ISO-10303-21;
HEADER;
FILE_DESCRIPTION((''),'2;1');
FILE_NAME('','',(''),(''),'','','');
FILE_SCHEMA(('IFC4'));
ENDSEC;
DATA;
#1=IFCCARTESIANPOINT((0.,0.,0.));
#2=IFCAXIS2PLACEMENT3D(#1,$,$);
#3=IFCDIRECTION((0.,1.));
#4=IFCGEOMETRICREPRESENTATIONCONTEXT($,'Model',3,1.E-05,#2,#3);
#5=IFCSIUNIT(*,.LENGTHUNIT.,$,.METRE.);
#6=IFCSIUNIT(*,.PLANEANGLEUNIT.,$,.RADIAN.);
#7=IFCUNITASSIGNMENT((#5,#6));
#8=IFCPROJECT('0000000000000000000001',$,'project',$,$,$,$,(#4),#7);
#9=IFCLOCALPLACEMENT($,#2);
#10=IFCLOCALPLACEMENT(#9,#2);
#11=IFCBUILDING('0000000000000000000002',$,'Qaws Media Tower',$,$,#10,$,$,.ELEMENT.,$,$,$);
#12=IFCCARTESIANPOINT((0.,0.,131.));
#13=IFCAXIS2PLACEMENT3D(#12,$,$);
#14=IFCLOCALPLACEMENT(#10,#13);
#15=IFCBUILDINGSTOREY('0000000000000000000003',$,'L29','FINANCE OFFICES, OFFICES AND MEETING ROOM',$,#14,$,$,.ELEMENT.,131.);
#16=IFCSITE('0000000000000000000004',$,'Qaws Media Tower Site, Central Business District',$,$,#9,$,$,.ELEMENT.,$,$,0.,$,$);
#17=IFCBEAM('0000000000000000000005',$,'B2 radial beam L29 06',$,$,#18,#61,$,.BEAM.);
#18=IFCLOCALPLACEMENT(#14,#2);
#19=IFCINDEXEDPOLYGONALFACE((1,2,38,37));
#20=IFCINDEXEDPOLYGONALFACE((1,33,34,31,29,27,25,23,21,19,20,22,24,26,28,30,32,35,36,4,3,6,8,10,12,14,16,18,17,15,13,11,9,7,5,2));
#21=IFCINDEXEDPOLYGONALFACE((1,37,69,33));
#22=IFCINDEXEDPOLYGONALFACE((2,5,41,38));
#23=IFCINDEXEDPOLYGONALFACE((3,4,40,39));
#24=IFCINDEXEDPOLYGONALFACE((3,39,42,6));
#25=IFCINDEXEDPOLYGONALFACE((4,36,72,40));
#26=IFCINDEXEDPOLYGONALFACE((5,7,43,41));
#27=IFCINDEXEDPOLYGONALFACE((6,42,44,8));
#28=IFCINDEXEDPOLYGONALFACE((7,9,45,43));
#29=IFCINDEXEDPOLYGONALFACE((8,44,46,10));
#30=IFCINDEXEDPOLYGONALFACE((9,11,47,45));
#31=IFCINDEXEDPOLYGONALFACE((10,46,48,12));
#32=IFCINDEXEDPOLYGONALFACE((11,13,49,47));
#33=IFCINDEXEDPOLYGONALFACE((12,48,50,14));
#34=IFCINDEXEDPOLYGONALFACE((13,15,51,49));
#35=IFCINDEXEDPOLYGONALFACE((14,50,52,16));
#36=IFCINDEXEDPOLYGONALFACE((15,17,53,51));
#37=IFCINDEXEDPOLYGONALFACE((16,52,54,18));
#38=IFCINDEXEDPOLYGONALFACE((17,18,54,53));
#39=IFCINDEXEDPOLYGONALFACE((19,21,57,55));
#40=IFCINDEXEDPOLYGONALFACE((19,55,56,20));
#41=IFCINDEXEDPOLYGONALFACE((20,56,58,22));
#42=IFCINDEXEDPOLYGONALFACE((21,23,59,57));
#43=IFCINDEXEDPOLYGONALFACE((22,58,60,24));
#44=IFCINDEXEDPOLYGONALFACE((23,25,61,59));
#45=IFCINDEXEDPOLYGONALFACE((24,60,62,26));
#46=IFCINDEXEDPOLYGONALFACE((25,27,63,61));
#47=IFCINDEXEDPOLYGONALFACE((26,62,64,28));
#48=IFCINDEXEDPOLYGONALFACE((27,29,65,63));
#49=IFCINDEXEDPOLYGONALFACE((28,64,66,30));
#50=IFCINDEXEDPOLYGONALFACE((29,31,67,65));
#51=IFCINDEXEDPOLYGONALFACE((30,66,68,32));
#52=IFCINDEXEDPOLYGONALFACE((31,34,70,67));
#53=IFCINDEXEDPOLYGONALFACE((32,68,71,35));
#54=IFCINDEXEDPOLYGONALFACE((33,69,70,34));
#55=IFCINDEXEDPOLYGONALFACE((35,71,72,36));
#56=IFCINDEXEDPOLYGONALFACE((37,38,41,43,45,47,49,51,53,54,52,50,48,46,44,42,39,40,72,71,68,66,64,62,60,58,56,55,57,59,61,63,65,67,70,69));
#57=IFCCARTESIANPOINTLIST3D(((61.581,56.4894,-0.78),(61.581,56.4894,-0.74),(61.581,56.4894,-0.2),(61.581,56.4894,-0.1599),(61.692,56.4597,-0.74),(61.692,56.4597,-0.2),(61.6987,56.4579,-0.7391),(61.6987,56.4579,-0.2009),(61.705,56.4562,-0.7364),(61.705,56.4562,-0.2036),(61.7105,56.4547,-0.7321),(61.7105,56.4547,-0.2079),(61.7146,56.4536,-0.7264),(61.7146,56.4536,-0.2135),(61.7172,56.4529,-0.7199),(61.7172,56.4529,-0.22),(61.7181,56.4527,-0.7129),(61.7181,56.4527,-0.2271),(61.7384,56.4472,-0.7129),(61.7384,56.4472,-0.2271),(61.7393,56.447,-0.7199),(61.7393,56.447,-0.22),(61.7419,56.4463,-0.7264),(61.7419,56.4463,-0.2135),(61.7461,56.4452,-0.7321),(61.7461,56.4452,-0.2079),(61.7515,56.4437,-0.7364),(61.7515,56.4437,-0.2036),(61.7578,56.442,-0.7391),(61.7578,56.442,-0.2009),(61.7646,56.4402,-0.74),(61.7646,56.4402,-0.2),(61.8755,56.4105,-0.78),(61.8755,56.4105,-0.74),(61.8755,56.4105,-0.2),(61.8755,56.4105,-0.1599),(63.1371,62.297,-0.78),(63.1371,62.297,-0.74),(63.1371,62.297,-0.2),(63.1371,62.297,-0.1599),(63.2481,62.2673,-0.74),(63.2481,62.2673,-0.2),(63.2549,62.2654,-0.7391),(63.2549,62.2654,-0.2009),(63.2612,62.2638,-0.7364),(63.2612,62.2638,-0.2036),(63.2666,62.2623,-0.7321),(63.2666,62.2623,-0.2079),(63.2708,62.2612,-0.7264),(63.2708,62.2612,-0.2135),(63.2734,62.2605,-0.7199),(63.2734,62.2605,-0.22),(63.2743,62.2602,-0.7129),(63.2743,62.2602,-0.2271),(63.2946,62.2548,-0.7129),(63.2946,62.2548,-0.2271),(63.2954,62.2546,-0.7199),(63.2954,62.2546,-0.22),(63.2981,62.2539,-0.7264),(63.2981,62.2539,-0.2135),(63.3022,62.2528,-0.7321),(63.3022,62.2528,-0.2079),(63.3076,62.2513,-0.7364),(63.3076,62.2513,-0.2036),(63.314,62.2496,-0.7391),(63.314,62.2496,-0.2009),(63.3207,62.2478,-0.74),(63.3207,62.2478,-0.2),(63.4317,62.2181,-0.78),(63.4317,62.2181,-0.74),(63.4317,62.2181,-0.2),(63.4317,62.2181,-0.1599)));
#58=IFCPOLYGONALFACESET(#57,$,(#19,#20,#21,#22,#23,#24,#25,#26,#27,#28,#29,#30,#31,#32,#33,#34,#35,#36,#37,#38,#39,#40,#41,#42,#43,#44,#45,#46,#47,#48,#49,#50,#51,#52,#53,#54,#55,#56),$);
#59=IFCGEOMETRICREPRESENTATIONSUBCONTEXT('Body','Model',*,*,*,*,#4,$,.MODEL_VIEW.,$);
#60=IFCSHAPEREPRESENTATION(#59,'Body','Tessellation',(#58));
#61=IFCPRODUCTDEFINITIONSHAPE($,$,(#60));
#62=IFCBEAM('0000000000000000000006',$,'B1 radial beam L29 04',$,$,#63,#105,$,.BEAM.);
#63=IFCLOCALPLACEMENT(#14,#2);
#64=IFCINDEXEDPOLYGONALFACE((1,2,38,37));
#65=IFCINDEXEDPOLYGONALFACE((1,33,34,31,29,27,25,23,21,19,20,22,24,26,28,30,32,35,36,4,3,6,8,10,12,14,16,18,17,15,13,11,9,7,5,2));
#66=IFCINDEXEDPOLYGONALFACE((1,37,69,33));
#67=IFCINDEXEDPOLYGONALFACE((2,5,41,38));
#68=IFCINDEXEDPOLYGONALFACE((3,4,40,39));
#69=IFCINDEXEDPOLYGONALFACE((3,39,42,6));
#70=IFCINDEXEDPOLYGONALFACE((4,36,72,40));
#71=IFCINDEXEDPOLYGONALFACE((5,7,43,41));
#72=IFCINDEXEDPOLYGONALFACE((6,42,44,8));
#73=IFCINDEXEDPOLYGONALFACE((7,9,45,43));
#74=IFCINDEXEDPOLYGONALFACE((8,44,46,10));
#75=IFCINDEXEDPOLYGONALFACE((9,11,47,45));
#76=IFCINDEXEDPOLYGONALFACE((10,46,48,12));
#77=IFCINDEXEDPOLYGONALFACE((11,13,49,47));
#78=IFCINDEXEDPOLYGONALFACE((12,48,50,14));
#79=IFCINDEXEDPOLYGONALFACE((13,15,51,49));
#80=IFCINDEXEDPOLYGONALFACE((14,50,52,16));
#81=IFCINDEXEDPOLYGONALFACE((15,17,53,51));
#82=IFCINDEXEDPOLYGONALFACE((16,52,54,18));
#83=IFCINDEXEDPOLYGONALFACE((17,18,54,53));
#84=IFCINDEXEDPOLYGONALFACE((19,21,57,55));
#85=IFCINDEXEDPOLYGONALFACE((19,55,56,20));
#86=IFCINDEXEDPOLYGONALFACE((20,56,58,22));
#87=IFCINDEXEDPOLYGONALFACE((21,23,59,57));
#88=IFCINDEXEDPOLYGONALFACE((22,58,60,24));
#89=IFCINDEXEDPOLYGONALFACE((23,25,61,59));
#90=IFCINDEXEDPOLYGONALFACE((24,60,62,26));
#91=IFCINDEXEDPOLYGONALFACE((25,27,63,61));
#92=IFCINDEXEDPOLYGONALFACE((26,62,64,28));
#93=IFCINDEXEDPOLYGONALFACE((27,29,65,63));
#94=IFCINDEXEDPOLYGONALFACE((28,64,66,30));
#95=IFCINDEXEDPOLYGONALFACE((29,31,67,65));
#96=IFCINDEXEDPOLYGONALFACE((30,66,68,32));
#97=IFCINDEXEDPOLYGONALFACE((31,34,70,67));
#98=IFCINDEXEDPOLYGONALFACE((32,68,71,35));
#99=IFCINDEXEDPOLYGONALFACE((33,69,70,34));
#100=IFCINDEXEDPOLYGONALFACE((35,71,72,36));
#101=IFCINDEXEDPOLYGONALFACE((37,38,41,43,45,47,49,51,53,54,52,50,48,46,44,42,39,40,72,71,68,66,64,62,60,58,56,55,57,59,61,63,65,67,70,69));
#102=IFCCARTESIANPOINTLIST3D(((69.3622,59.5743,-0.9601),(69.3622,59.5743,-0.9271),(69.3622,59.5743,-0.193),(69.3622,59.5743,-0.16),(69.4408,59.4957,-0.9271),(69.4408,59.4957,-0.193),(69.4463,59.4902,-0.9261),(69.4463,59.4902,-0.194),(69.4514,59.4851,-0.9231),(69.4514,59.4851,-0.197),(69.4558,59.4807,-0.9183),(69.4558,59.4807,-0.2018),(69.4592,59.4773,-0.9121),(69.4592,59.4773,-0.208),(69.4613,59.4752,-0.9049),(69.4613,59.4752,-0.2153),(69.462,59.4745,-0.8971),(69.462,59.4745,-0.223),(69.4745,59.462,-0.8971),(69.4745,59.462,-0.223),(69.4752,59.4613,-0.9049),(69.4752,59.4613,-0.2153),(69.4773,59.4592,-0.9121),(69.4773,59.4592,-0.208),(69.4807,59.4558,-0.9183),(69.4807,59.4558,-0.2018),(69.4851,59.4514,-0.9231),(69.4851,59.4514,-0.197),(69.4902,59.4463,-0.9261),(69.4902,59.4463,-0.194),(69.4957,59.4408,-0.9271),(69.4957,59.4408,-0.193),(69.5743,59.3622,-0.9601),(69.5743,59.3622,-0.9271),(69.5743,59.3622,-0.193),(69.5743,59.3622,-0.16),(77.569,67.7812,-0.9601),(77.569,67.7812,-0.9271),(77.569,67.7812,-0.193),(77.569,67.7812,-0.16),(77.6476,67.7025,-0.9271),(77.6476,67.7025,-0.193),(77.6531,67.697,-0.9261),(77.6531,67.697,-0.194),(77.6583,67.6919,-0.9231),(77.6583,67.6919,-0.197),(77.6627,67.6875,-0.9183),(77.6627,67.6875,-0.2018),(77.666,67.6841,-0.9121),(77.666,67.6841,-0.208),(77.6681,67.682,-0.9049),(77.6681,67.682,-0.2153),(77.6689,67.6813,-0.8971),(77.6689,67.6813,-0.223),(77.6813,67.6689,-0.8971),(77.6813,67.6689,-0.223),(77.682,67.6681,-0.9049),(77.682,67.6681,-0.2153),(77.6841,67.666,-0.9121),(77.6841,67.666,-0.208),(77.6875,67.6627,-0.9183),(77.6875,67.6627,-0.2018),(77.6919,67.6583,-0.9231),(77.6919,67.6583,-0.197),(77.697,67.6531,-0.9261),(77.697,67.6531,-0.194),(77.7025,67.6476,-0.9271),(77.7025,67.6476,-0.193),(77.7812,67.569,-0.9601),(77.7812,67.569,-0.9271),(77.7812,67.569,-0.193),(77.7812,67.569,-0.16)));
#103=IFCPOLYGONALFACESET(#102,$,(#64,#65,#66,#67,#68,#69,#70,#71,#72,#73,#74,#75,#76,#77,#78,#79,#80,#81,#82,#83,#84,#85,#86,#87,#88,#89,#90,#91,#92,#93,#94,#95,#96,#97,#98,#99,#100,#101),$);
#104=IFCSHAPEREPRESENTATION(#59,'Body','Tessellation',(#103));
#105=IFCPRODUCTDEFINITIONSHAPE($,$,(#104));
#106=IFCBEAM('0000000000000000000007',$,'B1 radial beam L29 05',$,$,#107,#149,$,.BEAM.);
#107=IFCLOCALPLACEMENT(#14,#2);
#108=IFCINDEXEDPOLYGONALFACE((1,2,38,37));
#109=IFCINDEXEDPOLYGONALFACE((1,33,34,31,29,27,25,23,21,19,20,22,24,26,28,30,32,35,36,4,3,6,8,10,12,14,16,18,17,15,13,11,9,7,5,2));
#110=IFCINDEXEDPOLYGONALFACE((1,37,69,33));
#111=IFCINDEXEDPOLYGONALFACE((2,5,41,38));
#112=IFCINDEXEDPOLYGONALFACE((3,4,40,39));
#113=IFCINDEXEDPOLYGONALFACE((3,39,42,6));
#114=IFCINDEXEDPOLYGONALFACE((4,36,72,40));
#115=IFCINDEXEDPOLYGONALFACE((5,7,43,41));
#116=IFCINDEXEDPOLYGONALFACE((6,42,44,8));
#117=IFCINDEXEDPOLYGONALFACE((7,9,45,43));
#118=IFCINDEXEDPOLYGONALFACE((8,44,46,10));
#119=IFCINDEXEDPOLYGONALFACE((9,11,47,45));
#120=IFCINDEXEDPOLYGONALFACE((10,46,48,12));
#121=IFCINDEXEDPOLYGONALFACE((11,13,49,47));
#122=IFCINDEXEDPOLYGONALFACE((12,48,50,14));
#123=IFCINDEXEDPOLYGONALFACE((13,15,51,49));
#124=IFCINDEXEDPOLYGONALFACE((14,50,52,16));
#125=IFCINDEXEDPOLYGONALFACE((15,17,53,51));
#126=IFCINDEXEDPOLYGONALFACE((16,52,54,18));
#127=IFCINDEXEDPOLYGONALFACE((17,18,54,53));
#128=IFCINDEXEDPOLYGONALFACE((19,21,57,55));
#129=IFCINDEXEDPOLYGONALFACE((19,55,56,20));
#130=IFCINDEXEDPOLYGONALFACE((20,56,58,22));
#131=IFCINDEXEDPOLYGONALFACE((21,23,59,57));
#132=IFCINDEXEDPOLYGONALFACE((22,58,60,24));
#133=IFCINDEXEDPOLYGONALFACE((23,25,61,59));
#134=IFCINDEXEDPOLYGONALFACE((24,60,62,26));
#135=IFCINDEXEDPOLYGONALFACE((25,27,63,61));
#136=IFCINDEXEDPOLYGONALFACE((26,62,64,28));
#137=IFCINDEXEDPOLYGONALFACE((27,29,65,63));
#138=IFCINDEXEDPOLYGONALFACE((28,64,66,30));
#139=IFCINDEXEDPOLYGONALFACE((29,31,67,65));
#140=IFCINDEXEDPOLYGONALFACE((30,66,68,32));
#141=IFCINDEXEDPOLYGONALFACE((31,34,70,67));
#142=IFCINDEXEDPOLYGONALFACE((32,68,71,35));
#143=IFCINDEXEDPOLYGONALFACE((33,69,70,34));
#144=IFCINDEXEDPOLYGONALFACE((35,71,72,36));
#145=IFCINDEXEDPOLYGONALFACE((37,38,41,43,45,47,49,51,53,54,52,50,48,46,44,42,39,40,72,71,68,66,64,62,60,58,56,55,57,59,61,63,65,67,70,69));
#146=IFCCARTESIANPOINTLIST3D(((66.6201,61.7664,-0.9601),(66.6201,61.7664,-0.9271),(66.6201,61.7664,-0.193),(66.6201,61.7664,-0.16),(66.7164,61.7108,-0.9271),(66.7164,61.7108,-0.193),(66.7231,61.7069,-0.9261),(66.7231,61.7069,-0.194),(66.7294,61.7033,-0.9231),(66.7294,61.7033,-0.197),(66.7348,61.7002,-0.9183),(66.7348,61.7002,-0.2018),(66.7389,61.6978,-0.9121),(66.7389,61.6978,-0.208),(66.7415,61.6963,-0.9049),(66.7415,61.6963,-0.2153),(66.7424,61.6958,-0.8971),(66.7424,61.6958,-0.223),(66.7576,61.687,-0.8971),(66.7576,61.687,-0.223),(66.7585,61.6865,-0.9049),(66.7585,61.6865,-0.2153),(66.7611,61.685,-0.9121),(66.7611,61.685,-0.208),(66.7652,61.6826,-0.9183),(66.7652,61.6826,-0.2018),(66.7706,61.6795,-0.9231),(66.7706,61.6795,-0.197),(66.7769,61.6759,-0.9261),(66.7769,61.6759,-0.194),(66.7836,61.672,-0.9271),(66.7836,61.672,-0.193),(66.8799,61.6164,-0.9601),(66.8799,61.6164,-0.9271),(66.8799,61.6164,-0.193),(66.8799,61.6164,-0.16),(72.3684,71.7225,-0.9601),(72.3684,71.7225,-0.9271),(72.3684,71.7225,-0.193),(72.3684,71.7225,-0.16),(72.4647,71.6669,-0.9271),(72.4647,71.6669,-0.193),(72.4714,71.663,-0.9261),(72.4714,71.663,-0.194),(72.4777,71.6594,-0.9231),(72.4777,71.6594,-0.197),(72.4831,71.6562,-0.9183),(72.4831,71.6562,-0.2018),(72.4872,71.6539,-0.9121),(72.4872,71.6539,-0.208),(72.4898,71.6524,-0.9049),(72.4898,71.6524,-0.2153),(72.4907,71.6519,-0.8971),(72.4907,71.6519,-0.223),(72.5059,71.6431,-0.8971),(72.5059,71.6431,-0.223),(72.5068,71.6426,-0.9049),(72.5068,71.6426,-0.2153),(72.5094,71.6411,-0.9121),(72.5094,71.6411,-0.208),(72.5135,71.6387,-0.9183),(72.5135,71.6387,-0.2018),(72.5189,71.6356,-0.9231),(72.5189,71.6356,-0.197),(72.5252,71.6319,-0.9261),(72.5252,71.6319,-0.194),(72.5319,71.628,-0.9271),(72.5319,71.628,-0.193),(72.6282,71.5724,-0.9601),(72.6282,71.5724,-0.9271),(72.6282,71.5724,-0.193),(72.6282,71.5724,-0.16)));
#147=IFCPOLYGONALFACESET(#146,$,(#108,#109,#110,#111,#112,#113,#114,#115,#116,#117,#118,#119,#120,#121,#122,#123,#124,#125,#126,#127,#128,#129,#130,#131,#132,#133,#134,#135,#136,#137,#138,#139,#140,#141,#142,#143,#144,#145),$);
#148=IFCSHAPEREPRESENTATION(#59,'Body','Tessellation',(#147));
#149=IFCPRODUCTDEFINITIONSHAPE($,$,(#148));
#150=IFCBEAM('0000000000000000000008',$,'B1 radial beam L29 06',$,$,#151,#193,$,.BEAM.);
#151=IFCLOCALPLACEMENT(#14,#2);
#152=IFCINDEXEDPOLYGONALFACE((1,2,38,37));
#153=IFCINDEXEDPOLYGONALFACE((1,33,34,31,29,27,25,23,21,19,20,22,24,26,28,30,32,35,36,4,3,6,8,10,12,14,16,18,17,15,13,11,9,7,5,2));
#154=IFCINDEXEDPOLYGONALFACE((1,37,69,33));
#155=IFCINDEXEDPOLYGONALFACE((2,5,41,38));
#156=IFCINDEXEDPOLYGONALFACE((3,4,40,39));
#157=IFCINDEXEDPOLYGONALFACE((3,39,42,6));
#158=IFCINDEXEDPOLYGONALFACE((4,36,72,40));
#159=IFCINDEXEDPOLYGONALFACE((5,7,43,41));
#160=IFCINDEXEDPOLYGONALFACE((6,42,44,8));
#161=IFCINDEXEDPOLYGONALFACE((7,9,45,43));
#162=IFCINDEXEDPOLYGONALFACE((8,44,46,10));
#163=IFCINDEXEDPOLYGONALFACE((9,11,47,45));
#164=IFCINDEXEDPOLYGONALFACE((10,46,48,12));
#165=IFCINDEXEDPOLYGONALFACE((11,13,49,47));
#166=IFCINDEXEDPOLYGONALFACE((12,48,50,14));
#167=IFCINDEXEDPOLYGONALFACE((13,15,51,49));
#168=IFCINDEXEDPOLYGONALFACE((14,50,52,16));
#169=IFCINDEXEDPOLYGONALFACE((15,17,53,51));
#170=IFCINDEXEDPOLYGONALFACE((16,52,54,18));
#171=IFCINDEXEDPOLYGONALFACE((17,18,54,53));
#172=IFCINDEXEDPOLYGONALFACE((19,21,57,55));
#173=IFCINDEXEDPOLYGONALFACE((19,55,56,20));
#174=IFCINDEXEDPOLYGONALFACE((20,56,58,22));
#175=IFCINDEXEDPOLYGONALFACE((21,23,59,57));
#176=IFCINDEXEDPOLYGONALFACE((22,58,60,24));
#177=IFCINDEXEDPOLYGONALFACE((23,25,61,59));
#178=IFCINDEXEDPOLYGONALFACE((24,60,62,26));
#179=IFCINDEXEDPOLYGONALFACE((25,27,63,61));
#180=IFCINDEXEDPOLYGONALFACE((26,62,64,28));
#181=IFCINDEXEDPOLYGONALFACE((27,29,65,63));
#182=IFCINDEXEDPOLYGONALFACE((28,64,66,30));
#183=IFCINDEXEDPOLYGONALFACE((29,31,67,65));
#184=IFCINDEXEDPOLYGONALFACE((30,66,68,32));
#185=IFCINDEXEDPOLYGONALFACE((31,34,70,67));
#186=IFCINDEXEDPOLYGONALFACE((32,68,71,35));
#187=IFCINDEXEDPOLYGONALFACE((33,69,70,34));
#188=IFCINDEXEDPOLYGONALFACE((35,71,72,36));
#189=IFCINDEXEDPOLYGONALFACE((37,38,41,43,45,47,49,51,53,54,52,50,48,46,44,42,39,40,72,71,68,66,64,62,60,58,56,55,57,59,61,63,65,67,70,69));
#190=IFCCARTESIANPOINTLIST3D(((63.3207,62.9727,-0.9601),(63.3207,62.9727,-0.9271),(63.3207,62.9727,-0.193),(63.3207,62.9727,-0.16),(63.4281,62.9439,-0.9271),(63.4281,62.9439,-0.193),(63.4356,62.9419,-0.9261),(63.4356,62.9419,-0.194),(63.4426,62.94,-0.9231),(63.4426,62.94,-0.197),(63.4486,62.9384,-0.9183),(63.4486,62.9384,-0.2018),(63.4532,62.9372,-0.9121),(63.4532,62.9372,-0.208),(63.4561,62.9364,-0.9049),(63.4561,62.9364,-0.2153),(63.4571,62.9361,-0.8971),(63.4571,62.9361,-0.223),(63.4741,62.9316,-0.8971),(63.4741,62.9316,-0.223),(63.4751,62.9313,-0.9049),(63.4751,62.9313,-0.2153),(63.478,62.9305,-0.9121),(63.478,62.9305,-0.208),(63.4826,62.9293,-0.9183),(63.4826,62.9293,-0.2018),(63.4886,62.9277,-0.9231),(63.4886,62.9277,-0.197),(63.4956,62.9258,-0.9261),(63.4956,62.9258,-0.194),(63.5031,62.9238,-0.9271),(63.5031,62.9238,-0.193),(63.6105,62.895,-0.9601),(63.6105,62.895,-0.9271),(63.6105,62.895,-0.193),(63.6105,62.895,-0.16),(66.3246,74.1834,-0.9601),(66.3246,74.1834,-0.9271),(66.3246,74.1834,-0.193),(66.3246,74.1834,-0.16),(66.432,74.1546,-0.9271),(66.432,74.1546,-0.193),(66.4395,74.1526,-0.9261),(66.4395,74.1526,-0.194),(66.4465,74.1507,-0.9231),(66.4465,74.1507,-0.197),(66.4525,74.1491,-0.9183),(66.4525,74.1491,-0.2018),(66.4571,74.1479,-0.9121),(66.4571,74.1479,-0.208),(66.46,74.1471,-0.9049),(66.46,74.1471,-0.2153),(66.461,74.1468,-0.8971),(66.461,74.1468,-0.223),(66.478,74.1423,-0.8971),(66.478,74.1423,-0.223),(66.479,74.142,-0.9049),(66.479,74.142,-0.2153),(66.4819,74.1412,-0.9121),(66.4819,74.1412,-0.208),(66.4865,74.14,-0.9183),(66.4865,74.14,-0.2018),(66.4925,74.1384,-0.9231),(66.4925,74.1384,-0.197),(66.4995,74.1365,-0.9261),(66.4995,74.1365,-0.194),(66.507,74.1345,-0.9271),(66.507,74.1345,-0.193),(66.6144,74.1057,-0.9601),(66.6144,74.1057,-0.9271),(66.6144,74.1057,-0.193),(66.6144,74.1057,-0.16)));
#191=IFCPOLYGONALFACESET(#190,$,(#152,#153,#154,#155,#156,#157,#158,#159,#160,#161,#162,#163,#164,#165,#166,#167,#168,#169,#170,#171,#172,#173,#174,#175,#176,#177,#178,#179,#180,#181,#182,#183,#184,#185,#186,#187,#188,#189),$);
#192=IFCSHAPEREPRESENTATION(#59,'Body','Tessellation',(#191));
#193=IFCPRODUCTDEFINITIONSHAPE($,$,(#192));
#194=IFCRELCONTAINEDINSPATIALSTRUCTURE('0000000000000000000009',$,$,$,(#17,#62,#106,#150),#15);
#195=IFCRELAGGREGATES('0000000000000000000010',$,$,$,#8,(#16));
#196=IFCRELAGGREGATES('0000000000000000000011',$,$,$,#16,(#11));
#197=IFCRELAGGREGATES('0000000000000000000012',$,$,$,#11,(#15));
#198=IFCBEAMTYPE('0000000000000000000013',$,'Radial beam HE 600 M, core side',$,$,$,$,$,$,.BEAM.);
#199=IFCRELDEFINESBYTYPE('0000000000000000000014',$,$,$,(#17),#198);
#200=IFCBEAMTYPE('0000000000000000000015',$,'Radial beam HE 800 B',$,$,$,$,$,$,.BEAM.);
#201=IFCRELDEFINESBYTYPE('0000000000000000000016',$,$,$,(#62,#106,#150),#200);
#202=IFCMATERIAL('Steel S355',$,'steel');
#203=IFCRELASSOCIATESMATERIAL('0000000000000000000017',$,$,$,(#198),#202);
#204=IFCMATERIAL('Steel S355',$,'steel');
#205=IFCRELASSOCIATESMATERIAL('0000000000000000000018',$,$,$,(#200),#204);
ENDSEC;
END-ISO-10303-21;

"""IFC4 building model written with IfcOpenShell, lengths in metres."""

from ifc_helpers import new_model, si_unit, direction, frame, origin, origin_2d, place, context, subcontext, project, spatial, i_section, extrude, material, material_profile, profile_set, type_object, element, save


model = new_model("IFC4")

# Units and contexts
model_context = context("Model", 3, precision=1e-05, world=origin(), true_north=direction((0.0, 1.0)))
body_context = subcontext(model_context, "Body", "Model", "MODEL_VIEW")
ifc_project = project(units=[si_unit("LENGTHUNIT", "METRE"), si_unit("PLANEANGLEUNIT", "RADIAN")], contexts=[model_context])

# Site, building, storey
site_placement = place(None, origin())
site = spatial("IfcSite", under=ifc_project, at=site_placement, Name="Qaws Media Tower Site, Central Business District", CompositionType="ELEMENT", RefElevation=0.0)
building_placement = place(site_placement, origin())
building = spatial("IfcBuilding", under=site, at=building_placement, Name="Qaws Media Tower", CompositionType="ELEMENT")
storey_placement = place(building_placement, frame((0.0, 0.0, 131.0)))
storey = spatial("IfcBuildingStorey", under=building, at=storey_placement, Name="L29", Description="FINANCE OFFICES, OFFICES AND MEETING ROOM", CompositionType="ELEMENT", Elevation=131.0)

# Beams
ifc_material_1 = material(Name="Steel S355", Category="steel")
ifc_material_profile_1 = material_profile(ifc_material_1, i_section(OverallWidth=0.3049, OverallDepth=0.6201, WebThickness=0.021, FlangeThickness=0.04, FilletRadius=0.0271, at=origin_2d()), Name="HE 600 M")
ifc_profile_set_1 = profile_set([ifc_material_profile_1], Name="Steel S355")
beam_type_1 = type_object("IfcBeamType", Name="Radial beam HE 600 M, core side", PredefinedType="BEAM", material=ifc_profile_set_1)
beam_1_placement = place(storey_placement, frame((61.7283, 56.45, -0.47), z_axis=(0.25882, 0.965926, 0.0), x_axis=(-0.965926, 0.25882, 0.0)))
element("IfcBeam", 1, at=beam_1_placement, inside=storey, type_object=beam_type_1, Name="B2 radial beam L29 06", PredefinedType="BEAM", context=body_context, shape_type="SweptSolid", body=[
    extrude(i_section(OverallWidth=0.3049, OverallDepth=0.6201, WebThickness=0.021, FlangeThickness=0.04, FilletRadius=0.0271, at=origin_2d()), origin(), (0.0, 0.0, 1.0), 6.0125),
])
ifc_material_2 = material(Name="Steel S355", Category="steel")
ifc_material_profile_2 = material_profile(ifc_material_2, i_section(OverallWidth=0.3, OverallDepth=0.8, WebThickness=0.0176, FlangeThickness=0.033, FilletRadius=0.03, at=origin_2d()), Name="HE 800 B")
ifc_profile_set_2 = profile_set([ifc_material_profile_2], Name="Steel S355")
beam_type_2 = type_object("IfcBeamType", Name="Radial beam HE 800 B", PredefinedType="BEAM", material=ifc_profile_set_2)
beam_2_placement = place(storey_placement, frame((69.4683, 59.4683, -0.5601), z_axis=(0.707107, 0.707107, 0.0), x_axis=(-0.707107, 0.707107, 0.0)))
element("IfcBeam", 2, at=beam_2_placement, inside=storey, type_object=beam_type_2, Name="B1 radial beam L29 04", PredefinedType="BEAM", context=body_context, shape_type="SweptSolid", body=[
    extrude(i_section(OverallWidth=0.3, OverallDepth=0.8, WebThickness=0.0176, FlangeThickness=0.033, FilletRadius=0.03, at=origin_2d()), origin(), (0.0, 0.0, 1.0), 11.6062),
])
beam_3_placement = place(storey_placement, frame((66.75, 61.6914, -0.5601), z_axis=(0.50001, 0.866019, 0.0), x_axis=(-0.866019, 0.50001, 0.0)))
element("IfcBeam", 3, at=beam_3_placement, inside=storey, type_object=beam_type_2, Name="B1 radial beam L29 05", PredefinedType="BEAM", context=body_context, shape_type="SweptSolid", body=[
    extrude(i_section(OverallWidth=0.3, OverallDepth=0.8, WebThickness=0.0176, FlangeThickness=0.033, FilletRadius=0.03, at=origin_2d()), origin(), (0.0, 0.0, 1.0), 11.4963),
])
beam_4_placement = place(storey_placement, frame((63.4656, 62.9338, -0.5601), z_axis=(0.25882, 0.965926, 0.0), x_axis=(-0.965926, 0.25882, 0.0)))
element("IfcBeam", 4, at=beam_4_placement, inside=storey, type_object=beam_type_2, Name="B1 radial beam L29 06", PredefinedType="BEAM", context=body_context, shape_type="SweptSolid", body=[
    extrude(i_section(OverallWidth=0.3, OverallDepth=0.8, WebThickness=0.0176, FlangeThickness=0.033, FilletRadius=0.03, at=origin_2d()), origin(), (0.0, 0.0, 1.0), 11.6062),
])

save(model, "model.ifc")
